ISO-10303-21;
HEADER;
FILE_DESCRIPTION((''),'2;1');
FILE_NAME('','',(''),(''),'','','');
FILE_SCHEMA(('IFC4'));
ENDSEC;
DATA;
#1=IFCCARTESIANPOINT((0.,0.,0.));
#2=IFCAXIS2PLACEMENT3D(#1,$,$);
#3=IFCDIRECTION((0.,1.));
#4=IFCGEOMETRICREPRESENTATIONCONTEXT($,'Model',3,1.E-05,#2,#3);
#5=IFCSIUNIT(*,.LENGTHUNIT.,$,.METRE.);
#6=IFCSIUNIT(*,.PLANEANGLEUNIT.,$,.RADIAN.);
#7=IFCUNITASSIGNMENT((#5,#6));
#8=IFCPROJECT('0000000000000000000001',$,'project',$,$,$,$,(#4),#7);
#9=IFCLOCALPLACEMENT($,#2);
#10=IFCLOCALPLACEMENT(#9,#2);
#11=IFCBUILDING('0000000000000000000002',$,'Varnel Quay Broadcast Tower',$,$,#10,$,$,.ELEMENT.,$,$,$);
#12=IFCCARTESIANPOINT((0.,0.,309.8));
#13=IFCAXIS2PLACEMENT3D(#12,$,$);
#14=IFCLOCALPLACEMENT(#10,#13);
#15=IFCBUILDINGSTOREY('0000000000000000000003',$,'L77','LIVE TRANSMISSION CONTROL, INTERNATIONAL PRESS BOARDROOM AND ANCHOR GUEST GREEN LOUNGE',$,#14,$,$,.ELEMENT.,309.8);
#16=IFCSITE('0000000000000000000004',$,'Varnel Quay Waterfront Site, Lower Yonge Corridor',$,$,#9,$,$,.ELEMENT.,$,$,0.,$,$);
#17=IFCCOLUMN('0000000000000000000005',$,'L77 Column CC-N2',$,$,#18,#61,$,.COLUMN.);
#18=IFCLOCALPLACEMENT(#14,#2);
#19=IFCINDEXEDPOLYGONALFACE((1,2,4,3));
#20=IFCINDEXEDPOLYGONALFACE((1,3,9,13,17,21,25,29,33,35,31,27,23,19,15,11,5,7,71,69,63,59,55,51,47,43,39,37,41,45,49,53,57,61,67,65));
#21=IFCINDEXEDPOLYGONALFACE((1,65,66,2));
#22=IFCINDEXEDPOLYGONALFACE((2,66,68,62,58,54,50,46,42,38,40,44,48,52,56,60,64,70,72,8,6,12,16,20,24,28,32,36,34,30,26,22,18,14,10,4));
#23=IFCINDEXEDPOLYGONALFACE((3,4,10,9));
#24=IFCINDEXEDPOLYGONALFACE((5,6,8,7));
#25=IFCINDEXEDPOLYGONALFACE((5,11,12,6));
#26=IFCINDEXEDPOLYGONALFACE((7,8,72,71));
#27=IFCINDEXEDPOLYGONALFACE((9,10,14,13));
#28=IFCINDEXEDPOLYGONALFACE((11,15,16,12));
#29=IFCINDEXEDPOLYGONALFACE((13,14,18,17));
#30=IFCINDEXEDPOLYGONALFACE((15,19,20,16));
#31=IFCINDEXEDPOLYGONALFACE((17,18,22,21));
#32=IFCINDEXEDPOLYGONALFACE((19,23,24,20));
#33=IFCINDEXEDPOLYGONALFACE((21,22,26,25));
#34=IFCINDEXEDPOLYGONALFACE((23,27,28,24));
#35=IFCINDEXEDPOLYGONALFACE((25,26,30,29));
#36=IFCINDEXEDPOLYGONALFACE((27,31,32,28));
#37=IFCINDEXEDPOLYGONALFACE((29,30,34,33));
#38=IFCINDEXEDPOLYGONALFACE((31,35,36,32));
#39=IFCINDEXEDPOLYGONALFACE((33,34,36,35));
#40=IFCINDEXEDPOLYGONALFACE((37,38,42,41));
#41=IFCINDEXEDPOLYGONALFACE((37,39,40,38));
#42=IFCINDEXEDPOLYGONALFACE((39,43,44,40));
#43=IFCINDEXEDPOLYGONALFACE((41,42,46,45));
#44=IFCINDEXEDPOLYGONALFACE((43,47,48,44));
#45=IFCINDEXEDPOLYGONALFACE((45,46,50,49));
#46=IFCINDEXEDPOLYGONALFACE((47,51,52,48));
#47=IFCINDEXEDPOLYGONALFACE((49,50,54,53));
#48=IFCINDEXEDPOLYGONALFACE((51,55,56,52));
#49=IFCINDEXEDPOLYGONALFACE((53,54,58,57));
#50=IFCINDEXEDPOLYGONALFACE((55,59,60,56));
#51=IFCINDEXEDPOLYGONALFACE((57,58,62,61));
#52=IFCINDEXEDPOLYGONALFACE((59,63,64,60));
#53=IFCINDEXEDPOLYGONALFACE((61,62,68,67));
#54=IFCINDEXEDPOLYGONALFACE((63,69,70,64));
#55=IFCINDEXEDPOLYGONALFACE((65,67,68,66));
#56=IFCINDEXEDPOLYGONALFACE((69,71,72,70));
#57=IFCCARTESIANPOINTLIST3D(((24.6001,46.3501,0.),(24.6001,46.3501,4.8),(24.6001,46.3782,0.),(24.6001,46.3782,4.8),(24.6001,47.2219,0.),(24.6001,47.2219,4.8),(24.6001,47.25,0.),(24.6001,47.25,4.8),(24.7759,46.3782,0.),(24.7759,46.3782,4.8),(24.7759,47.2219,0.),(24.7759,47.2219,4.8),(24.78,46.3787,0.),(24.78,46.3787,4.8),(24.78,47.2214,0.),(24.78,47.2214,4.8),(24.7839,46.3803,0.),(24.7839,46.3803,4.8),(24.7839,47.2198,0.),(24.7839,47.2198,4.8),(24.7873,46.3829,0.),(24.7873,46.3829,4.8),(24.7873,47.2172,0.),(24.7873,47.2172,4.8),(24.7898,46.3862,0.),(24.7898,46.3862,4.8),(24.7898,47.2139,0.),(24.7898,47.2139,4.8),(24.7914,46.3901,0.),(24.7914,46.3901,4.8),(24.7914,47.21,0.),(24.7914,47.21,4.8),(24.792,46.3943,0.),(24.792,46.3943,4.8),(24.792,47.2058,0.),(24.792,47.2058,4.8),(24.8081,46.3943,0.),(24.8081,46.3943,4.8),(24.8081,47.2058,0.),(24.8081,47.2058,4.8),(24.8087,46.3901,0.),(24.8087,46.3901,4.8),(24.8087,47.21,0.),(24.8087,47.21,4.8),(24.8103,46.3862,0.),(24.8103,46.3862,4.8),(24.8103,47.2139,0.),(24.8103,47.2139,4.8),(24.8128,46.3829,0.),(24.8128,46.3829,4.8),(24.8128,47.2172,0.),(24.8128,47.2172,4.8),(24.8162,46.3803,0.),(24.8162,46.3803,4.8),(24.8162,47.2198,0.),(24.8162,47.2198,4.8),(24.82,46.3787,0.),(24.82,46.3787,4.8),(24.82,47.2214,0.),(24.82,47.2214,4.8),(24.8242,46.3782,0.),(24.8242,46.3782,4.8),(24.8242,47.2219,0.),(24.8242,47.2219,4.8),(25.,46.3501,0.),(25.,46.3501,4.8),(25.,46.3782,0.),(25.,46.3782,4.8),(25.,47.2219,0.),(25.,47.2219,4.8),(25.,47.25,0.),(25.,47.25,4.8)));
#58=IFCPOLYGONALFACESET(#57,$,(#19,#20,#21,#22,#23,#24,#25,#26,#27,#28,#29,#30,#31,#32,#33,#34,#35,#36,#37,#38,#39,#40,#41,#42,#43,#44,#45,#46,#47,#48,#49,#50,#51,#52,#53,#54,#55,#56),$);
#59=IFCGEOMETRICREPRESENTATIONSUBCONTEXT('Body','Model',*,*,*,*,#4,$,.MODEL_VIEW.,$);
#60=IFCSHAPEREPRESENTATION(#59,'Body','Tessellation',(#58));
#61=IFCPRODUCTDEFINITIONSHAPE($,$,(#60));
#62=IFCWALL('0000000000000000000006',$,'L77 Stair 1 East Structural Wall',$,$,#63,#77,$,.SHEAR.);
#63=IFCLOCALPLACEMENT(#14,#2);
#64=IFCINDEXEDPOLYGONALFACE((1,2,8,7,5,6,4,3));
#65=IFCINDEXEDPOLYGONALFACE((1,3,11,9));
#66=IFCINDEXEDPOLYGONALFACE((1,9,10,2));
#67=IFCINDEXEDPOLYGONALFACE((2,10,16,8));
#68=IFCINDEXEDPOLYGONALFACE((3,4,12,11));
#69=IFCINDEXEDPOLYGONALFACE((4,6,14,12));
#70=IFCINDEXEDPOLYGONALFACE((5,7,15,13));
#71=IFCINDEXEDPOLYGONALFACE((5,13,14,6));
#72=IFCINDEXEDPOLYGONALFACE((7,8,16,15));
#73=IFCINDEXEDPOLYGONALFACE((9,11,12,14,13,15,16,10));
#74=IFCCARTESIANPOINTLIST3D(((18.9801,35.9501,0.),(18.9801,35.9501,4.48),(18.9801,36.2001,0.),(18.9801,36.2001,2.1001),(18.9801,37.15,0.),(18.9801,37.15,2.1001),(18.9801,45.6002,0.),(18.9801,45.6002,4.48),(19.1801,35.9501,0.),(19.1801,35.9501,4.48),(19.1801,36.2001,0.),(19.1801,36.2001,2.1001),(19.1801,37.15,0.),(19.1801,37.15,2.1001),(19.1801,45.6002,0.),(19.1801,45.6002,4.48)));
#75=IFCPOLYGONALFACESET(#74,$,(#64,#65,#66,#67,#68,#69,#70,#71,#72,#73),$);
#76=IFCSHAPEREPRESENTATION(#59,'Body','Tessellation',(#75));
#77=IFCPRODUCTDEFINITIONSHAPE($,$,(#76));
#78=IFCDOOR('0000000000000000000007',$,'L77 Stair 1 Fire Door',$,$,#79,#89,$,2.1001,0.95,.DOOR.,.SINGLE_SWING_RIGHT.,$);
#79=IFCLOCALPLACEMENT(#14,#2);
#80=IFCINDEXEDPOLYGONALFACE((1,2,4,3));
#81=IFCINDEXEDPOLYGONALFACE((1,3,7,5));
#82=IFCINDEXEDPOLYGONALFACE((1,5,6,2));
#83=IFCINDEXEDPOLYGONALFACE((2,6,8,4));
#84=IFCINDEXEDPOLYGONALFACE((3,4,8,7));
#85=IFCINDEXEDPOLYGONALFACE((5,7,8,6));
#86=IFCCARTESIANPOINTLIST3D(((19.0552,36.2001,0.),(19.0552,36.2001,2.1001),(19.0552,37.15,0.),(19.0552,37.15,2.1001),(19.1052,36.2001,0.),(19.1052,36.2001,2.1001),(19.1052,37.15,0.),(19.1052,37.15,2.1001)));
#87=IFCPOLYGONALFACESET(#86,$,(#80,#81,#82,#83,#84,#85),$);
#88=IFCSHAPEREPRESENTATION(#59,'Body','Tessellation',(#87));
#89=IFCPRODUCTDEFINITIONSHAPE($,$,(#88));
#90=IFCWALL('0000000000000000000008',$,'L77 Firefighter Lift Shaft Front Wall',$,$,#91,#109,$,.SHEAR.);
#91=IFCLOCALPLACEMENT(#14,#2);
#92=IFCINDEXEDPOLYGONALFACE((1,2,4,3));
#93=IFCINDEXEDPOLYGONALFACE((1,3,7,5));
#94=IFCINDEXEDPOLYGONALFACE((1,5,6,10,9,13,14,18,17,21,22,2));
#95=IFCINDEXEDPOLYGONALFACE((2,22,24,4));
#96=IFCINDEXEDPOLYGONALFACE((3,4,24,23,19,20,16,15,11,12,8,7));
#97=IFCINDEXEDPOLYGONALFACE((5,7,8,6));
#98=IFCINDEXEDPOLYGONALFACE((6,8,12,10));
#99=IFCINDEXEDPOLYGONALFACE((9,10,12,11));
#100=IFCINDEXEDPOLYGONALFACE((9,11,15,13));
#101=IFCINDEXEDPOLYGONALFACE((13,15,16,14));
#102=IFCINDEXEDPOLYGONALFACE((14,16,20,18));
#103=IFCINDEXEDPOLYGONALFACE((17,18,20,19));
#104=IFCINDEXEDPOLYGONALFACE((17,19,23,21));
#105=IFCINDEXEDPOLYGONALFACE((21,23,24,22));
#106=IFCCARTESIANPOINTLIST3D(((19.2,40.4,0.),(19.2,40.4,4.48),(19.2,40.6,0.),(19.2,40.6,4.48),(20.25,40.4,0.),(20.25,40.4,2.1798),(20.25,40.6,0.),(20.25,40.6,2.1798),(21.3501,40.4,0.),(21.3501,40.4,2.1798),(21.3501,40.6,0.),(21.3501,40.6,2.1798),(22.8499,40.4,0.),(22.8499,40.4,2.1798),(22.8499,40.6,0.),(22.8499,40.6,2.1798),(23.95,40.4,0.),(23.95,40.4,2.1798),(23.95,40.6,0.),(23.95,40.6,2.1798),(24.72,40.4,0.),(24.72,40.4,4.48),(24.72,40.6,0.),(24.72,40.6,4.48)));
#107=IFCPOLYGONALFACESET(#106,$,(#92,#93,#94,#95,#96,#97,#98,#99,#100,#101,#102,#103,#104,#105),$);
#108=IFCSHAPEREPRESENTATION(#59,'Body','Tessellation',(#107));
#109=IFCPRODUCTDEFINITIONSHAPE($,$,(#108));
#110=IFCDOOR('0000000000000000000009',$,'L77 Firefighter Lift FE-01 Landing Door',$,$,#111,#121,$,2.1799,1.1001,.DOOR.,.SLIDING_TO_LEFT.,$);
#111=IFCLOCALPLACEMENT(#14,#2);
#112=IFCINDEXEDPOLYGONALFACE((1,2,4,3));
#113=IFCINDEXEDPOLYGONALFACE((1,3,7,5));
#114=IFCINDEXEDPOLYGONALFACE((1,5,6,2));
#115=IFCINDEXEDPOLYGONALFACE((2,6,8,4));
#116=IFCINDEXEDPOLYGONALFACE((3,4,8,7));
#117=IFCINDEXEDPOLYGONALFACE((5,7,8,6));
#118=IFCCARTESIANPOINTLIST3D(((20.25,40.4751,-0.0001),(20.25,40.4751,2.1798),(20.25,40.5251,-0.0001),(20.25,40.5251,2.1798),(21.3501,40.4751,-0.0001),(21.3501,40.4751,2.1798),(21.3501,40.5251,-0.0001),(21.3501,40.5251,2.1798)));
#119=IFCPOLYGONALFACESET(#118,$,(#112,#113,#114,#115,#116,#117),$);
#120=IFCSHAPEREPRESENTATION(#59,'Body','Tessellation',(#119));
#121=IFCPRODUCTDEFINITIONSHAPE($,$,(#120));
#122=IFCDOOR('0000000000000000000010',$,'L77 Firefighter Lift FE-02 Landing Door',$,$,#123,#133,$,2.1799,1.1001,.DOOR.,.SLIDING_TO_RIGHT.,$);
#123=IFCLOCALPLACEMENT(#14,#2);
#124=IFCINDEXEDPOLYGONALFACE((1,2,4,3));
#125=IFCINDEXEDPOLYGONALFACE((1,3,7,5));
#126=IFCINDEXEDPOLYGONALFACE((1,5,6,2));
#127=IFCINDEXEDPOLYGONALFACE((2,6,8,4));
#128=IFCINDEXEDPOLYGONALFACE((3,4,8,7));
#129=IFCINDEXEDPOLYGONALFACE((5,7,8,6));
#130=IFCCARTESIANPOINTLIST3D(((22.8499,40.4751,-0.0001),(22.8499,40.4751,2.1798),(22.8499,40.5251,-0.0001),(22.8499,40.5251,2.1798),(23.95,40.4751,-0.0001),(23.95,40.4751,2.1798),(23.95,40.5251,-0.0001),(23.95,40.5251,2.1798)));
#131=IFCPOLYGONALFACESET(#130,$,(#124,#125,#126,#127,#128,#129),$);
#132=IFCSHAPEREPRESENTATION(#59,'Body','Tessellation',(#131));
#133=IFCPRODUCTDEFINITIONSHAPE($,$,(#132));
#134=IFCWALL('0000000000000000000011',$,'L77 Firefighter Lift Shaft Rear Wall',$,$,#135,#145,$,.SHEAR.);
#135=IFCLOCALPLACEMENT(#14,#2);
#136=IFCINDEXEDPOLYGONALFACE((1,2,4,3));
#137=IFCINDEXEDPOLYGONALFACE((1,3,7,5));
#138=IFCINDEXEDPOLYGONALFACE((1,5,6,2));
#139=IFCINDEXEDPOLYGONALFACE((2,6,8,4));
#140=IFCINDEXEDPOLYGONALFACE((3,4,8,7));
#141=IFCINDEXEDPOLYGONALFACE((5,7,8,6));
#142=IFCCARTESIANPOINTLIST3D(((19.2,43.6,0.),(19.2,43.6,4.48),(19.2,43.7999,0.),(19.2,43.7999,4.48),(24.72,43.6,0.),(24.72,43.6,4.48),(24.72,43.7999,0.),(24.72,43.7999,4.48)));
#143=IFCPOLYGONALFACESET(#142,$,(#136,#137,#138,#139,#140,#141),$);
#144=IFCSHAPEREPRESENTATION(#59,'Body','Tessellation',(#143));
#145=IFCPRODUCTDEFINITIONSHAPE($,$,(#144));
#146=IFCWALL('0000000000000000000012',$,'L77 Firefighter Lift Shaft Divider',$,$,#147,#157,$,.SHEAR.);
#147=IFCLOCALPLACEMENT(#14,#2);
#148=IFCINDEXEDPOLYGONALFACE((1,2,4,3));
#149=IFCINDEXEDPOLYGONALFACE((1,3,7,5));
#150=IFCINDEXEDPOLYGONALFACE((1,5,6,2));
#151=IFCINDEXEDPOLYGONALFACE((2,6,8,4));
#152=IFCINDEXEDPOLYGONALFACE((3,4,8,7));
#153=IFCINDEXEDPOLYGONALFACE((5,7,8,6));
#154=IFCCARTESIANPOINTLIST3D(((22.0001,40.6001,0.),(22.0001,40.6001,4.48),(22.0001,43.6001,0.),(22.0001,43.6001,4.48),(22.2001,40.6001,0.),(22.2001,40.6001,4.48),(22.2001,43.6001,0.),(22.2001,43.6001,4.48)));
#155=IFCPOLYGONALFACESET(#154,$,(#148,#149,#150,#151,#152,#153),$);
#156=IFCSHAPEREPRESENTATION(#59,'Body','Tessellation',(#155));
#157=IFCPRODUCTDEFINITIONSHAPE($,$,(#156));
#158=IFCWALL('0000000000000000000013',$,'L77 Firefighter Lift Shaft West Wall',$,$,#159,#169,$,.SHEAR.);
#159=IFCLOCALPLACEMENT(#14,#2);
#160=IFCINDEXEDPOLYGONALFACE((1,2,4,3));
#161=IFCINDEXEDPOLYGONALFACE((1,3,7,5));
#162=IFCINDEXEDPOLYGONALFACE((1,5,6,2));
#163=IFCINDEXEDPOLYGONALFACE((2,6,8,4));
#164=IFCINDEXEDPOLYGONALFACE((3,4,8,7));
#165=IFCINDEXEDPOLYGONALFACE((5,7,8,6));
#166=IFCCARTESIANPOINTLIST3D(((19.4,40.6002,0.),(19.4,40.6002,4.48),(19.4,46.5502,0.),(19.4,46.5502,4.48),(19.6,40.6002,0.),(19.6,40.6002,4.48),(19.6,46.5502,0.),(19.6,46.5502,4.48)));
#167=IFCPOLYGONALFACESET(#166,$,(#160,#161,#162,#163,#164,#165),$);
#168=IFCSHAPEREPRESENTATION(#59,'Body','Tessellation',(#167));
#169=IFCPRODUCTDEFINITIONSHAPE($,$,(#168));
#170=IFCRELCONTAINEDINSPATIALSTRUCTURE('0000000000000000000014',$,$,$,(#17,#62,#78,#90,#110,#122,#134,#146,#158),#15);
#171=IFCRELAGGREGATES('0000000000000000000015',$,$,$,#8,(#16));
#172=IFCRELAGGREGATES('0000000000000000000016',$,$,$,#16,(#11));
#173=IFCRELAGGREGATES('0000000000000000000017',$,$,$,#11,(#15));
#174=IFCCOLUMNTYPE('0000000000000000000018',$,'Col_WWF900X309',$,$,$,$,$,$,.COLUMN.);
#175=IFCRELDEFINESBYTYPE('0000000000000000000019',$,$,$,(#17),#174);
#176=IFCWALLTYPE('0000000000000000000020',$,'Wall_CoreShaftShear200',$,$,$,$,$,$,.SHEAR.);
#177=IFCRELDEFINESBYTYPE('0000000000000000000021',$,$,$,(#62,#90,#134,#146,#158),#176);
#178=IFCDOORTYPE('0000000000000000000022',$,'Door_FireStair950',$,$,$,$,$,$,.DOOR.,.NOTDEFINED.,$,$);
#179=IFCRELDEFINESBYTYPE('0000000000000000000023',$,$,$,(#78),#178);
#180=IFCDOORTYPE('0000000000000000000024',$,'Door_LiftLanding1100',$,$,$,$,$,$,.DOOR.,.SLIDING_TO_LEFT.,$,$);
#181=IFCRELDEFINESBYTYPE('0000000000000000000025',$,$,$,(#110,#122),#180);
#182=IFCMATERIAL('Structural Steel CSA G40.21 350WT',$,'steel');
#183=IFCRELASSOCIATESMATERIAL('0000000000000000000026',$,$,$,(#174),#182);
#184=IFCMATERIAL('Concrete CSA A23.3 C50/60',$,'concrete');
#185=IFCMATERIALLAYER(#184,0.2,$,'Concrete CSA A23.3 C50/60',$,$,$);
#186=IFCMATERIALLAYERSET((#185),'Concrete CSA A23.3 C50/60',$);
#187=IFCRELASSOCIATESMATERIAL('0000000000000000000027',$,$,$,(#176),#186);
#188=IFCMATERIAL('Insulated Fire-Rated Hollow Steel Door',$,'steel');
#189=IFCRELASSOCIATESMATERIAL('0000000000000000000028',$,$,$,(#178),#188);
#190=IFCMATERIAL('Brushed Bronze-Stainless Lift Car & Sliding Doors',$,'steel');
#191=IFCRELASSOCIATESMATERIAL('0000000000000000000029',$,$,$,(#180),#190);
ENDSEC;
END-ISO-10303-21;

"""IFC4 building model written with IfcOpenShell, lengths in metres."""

from ifc_helpers import new_model, si_unit, direction, frame, frame_2d, origin, origin_2d, place, context, subcontext, project, spatial, rectangle, i_section, extrude, source, transform, mapped, material, layer, layer_set, material_profile, profile_set, type_object, type_shapes, element, fill, save


model = new_model("IFC4")

# Units and contexts
model_context = context("Model", 3, precision=1e-05, world=origin(), true_north=direction((0.0, 1.0)))
body_context = subcontext(model_context, "Body", "Model", "MODEL_VIEW")
ifc_project = project(units=[si_unit("LENGTHUNIT", "METRE"), si_unit("PLANEANGLEUNIT", "RADIAN")], contexts=[model_context])

# Site, building, storey
site_placement = place(None, origin())
site = spatial("IfcSite", under=ifc_project, at=site_placement, Name="Varnel Quay Waterfront Site, Lower Yonge Corridor", CompositionType="ELEMENT", RefElevation=0.0)
building_placement = place(site_placement, origin())
building = spatial("IfcBuilding", under=site, at=building_placement, Name="Varnel Quay Broadcast Tower", CompositionType="ELEMENT")
storey_placement = place(building_placement, frame((0.0, 0.0, 309.8)))
storey = spatial("IfcBuildingStorey", under=building, at=storey_placement, Name="L77", Description="LIVE TRANSMISSION CONTROL, INTERNATIONAL PRESS BOARDROOM AND ANCHOR GUEST GREEN LOUNGE", CompositionType="ELEMENT", Elevation=309.8)

# Column
ifc_material_1 = material(Name="Structural Steel CSA G40.21 350WT", Category="steel")
ifc_material_profile = material_profile(ifc_material_1, i_section(OverallWidth=0.3999, OverallDepth=0.8999, WebThickness=0.0161, FlangeThickness=0.0281, FilletRadius=0.0161, at=origin_2d()), Name="WWF900X309")
ifc_profile_set = profile_set([ifc_material_profile], Name="Structural Steel CSA G40.21 350WT")
column_type = type_object("IfcColumnType", Name="Col_WWF900X309", PredefinedType="COLUMN", material=ifc_profile_set)
shared_shape_1 = source(origin(), body_context, "Body", "SweptSolid", [
    extrude(i_section(OverallWidth=0.3999, OverallDepth=0.8999, WebThickness=0.0161, FlangeThickness=0.0281, FilletRadius=0.0161, at=origin_2d()), origin(), (0.0, 0.0, 1.0), 4.8),
])
type_shapes(column_type, [shared_shape_1])
column_placement = place(storey_placement, frame((24.8, 46.8, 0.0), z_axis=(0.0, 0.0, 1.0), x_axis=(1.0, 0.0, 0.0)))
element("IfcColumn", 1, at=column_placement, inside=storey, type_object=column_type, Name="L77 Column CC-N2", PredefinedType="COLUMN", context=body_context, shape_type="MappedRepresentation", body=[
    mapped(shared_shape_1, transform((0.0, 0.0, 0.0), x_axis=(1.0, 0.0, 0.0), y_axis=(0.0, 1.0, 0.0), z_axis=(0.0, 0.0, 1.0), scale=1.0)),
])

# Wall, opening, door
ifc_material_2 = material(Name="Concrete CSA A23.3 C50/60", Category="concrete")
ifc_layer_1 = layer(ifc_material_2, 0.2, Name="Concrete CSA A23.3 C50/60")
ifc_layer_set_1 = layer_set([ifc_layer_1], Name="Concrete CSA A23.3 C50/60")
wall_type_1 = type_object("IfcWallType", Name="Wall_CoreShaftShear200", PredefinedType="SHEAR", material=ifc_layer_set_1)
wall_1_placement = place(storey_placement, frame((19.0801, 35.95, 0.0), z_axis=(0.0, 0.0, 1.0), x_axis=(0.0, 1.0, 0.0)))
wall_1 = element("IfcWall", 2, at=wall_1_placement, inside=storey, type_object=wall_type_1, Name="L77 Stair 1 East Structural Wall", PredefinedType="SHEAR", context=body_context, shape_type="SweptSolid", body=[
    extrude(rectangle(XDim=9.6501, YDim=0.2, at=frame_2d((4.8252, 0.0))), origin(), (0.0, 0.0, 1.0), 4.48),
])
opening_1_placement = place(wall_1_placement, frame((0.25, 0.0, 0.0)))
opening_1 = element("IfcOpeningElement", 3, at=opening_1_placement, cuts=wall_1, PredefinedType="OPENING", context=body_context, shape_type="SweptSolid", body=[
    extrude(rectangle(XDim=0.95, YDim=2.1001, at=frame_2d((0.4751, 1.05))), frame((0.0, 0.1099, 0.0), z_axis=(0.0, -1.0, 0.0), x_axis=(1.0, 0.0, 0.0)), (0.0, 0.0, 1.0), 0.22),
])
ifc_material_3 = material(Name="Insulated Fire-Rated Hollow Steel Door", Category="steel")
door_type_1 = type_object("IfcDoorType", Name="Door_FireStair950", OperationType="NOTDEFINED", PredefinedType="DOOR", material=ifc_material_3)
shared_shape_2 = source(origin(), body_context, "Body", "SweptSolid", [
    extrude(rectangle(XDim=0.95, YDim=2.1001, at=frame_2d((0.4751, 1.05))), frame((0.0, 0.0249, 0.0), z_axis=(0.0, -1.0, 0.0), x_axis=(1.0, 0.0, 0.0)), (0.0, 0.0, 1.0), 0.05),
])
type_shapes(door_type_1, [shared_shape_2])
door_1_placement = place(opening_1_placement, origin())
door_1 = element("IfcDoor", 4, at=door_1_placement, inside=storey, type_object=door_type_1, Name="L77 Stair 1 Fire Door", OperationType="SINGLE_SWING_RIGHT", OverallHeight=2.1001, OverallWidth=0.95, PredefinedType="DOOR", context=body_context, shape_type="MappedRepresentation", body=[
    mapped(shared_shape_2, transform((0.0, 0.0, 0.0), x_axis=(1.0, 0.0, 0.0), y_axis=(0.0, 1.0, 0.0), z_axis=(0.0, 0.0, 1.0), scale=1.0)),
])
fill(opening_1, door_1)

# Wall, openings, doors
wall_2_placement = place(storey_placement, frame((19.2, 40.5, 0.0), z_axis=(0.0, 0.0, 1.0), x_axis=(1.0, 0.0, 0.0)))
wall_2 = element("IfcWall", 5, at=wall_2_placement, inside=storey, type_object=wall_type_1, Name="L77 Firefighter Lift Shaft Front Wall", PredefinedType="SHEAR", context=body_context, shape_type="SweptSolid", body=[
    extrude(rectangle(XDim=5.52, YDim=0.2, at=frame_2d((2.76, 0.0))), origin(), (0.0, 0.0, 1.0), 4.48),
])
opening_2_placement = place(wall_2_placement, frame((1.05, 0.0, 0.0)))
opening_2 = element("IfcOpeningElement", 6, at=opening_2_placement, cuts=wall_2, PredefinedType="OPENING", context=body_context, shape_type="SweptSolid", body=[
    extrude(rectangle(XDim=1.1001, YDim=2.1799, at=frame_2d((0.55, 1.0898))), frame((0.0, 0.1099, 0.0), z_axis=(0.0, -1.0, 0.0), x_axis=(1.0, 0.0, 0.0)), (0.0, 0.0, 1.0), 0.22),
])
opening_3_placement = place(wall_2_placement, frame((3.6499, 0.0, 0.0)))
opening_3 = element("IfcOpeningElement", 7, at=opening_3_placement, cuts=wall_2, PredefinedType="OPENING", context=body_context, shape_type="SweptSolid", body=[
    extrude(rectangle(XDim=1.1001, YDim=2.1799, at=frame_2d((0.55, 1.0898))), frame((0.0, 0.1099, 0.0), z_axis=(0.0, -1.0, 0.0), x_axis=(1.0, 0.0, 0.0)), (0.0, 0.0, 1.0), 0.22),
])
ifc_material_4 = material(Name="Brushed Bronze-Stainless Lift Car & Sliding Doors", Category="steel")
door_type_2 = type_object("IfcDoorType", Name="Door_LiftLanding1100", OperationType="SLIDING_TO_LEFT", PredefinedType="DOOR", material=ifc_material_4)
shared_shape_3 = source(origin(), body_context, "Body", "SweptSolid", [
    extrude(rectangle(XDim=1.1001, YDim=2.1799, at=frame_2d((0.55, 1.0898))), frame((0.0, 0.0249, 0.0), z_axis=(0.0, -1.0, 0.0), x_axis=(1.0, 0.0, 0.0)), (0.0, 0.0, 1.0), 0.05),
])
type_shapes(door_type_2, [shared_shape_3])
door_2_placement = place(opening_2_placement, frame((1.1001, 0.0, 0.0), z_axis=(0.0, 0.0, 1.0), x_axis=(-1.0, 0.0, 0.0)))
door_2 = element("IfcDoor", 8, at=door_2_placement, inside=storey, type_object=door_type_2, Name="L77 Firefighter Lift FE-01 Landing Door", OperationType="SLIDING_TO_LEFT", OverallHeight=2.1799, OverallWidth=1.1001, PredefinedType="DOOR", context=body_context, shape_type="MappedRepresentation", body=[
    mapped(shared_shape_3, transform((0.0, 0.0, 0.0), x_axis=(1.0, 0.0, 0.0), y_axis=(0.0, 1.0, 0.0), z_axis=(0.0, 0.0, 1.0), scale=1.0)),
])
fill(opening_2, door_2)
door_3_placement = place(opening_3_placement, frame((1.1001, 0.0, 0.0), z_axis=(0.0, 0.0, 1.0), x_axis=(-1.0, 0.0, 0.0)))
door_3 = element("IfcDoor", 9, at=door_3_placement, inside=storey, type_object=door_type_2, Name="L77 Firefighter Lift FE-02 Landing Door", OperationType="SLIDING_TO_RIGHT", OverallHeight=2.1799, OverallWidth=1.1001, PredefinedType="DOOR", context=body_context, shape_type="MappedRepresentation", body=[
    mapped(shared_shape_3, transform((0.0, 0.0, 0.0), x_axis=(1.0, 0.0, 0.0), y_axis=(0.0, 1.0, 0.0), z_axis=(0.0, 0.0, 1.0), scale=1.0)),
])
fill(opening_3, door_3)

# Walls
wall_3_placement = place(storey_placement, frame((19.2, 43.7, 0.0), z_axis=(0.0, 0.0, 1.0), x_axis=(1.0, 0.0, 0.0)))
element("IfcWall", 10, at=wall_3_placement, inside=storey, type_object=wall_type_1, Name="L77 Firefighter Lift Shaft Rear Wall", PredefinedType="SHEAR", context=body_context, shape_type="SweptSolid", body=[
    extrude(rectangle(XDim=5.52, YDim=0.2, at=frame_2d((2.76, 0.0))), origin(), (0.0, 0.0, 1.0), 4.48),
])
wall_4_placement = place(storey_placement, frame((22.1001, 40.6001, 0.0), z_axis=(0.0, 0.0, 1.0), x_axis=(0.0, 1.0, 0.0)))
element("IfcWall", 11, at=wall_4_placement, inside=storey, type_object=wall_type_1, Name="L77 Firefighter Lift Shaft Divider", PredefinedType="SHEAR", context=body_context, shape_type="SweptSolid", body=[
    extrude(rectangle(XDim=3.0, YDim=0.2, at=frame_2d((1.5, 0.0))), origin(), (0.0, 0.0, 1.0), 4.48),
])
wall_5_placement = place(storey_placement, frame((19.5, 40.6001, 0.0), z_axis=(0.0, 0.0, 1.0), x_axis=(0.0, 1.0, 0.0)))
element("IfcWall", 12, at=wall_5_placement, inside=storey, type_object=wall_type_1, Name="L77 Firefighter Lift Shaft West Wall", PredefinedType="SHEAR", context=body_context, shape_type="SweptSolid", body=[
    extrude(rectangle(XDim=5.95, YDim=0.2, at=frame_2d((2.9751, 0.0))), origin(), (0.0, 0.0, 1.0), 4.48),
])

save(model, "model.ifc")
